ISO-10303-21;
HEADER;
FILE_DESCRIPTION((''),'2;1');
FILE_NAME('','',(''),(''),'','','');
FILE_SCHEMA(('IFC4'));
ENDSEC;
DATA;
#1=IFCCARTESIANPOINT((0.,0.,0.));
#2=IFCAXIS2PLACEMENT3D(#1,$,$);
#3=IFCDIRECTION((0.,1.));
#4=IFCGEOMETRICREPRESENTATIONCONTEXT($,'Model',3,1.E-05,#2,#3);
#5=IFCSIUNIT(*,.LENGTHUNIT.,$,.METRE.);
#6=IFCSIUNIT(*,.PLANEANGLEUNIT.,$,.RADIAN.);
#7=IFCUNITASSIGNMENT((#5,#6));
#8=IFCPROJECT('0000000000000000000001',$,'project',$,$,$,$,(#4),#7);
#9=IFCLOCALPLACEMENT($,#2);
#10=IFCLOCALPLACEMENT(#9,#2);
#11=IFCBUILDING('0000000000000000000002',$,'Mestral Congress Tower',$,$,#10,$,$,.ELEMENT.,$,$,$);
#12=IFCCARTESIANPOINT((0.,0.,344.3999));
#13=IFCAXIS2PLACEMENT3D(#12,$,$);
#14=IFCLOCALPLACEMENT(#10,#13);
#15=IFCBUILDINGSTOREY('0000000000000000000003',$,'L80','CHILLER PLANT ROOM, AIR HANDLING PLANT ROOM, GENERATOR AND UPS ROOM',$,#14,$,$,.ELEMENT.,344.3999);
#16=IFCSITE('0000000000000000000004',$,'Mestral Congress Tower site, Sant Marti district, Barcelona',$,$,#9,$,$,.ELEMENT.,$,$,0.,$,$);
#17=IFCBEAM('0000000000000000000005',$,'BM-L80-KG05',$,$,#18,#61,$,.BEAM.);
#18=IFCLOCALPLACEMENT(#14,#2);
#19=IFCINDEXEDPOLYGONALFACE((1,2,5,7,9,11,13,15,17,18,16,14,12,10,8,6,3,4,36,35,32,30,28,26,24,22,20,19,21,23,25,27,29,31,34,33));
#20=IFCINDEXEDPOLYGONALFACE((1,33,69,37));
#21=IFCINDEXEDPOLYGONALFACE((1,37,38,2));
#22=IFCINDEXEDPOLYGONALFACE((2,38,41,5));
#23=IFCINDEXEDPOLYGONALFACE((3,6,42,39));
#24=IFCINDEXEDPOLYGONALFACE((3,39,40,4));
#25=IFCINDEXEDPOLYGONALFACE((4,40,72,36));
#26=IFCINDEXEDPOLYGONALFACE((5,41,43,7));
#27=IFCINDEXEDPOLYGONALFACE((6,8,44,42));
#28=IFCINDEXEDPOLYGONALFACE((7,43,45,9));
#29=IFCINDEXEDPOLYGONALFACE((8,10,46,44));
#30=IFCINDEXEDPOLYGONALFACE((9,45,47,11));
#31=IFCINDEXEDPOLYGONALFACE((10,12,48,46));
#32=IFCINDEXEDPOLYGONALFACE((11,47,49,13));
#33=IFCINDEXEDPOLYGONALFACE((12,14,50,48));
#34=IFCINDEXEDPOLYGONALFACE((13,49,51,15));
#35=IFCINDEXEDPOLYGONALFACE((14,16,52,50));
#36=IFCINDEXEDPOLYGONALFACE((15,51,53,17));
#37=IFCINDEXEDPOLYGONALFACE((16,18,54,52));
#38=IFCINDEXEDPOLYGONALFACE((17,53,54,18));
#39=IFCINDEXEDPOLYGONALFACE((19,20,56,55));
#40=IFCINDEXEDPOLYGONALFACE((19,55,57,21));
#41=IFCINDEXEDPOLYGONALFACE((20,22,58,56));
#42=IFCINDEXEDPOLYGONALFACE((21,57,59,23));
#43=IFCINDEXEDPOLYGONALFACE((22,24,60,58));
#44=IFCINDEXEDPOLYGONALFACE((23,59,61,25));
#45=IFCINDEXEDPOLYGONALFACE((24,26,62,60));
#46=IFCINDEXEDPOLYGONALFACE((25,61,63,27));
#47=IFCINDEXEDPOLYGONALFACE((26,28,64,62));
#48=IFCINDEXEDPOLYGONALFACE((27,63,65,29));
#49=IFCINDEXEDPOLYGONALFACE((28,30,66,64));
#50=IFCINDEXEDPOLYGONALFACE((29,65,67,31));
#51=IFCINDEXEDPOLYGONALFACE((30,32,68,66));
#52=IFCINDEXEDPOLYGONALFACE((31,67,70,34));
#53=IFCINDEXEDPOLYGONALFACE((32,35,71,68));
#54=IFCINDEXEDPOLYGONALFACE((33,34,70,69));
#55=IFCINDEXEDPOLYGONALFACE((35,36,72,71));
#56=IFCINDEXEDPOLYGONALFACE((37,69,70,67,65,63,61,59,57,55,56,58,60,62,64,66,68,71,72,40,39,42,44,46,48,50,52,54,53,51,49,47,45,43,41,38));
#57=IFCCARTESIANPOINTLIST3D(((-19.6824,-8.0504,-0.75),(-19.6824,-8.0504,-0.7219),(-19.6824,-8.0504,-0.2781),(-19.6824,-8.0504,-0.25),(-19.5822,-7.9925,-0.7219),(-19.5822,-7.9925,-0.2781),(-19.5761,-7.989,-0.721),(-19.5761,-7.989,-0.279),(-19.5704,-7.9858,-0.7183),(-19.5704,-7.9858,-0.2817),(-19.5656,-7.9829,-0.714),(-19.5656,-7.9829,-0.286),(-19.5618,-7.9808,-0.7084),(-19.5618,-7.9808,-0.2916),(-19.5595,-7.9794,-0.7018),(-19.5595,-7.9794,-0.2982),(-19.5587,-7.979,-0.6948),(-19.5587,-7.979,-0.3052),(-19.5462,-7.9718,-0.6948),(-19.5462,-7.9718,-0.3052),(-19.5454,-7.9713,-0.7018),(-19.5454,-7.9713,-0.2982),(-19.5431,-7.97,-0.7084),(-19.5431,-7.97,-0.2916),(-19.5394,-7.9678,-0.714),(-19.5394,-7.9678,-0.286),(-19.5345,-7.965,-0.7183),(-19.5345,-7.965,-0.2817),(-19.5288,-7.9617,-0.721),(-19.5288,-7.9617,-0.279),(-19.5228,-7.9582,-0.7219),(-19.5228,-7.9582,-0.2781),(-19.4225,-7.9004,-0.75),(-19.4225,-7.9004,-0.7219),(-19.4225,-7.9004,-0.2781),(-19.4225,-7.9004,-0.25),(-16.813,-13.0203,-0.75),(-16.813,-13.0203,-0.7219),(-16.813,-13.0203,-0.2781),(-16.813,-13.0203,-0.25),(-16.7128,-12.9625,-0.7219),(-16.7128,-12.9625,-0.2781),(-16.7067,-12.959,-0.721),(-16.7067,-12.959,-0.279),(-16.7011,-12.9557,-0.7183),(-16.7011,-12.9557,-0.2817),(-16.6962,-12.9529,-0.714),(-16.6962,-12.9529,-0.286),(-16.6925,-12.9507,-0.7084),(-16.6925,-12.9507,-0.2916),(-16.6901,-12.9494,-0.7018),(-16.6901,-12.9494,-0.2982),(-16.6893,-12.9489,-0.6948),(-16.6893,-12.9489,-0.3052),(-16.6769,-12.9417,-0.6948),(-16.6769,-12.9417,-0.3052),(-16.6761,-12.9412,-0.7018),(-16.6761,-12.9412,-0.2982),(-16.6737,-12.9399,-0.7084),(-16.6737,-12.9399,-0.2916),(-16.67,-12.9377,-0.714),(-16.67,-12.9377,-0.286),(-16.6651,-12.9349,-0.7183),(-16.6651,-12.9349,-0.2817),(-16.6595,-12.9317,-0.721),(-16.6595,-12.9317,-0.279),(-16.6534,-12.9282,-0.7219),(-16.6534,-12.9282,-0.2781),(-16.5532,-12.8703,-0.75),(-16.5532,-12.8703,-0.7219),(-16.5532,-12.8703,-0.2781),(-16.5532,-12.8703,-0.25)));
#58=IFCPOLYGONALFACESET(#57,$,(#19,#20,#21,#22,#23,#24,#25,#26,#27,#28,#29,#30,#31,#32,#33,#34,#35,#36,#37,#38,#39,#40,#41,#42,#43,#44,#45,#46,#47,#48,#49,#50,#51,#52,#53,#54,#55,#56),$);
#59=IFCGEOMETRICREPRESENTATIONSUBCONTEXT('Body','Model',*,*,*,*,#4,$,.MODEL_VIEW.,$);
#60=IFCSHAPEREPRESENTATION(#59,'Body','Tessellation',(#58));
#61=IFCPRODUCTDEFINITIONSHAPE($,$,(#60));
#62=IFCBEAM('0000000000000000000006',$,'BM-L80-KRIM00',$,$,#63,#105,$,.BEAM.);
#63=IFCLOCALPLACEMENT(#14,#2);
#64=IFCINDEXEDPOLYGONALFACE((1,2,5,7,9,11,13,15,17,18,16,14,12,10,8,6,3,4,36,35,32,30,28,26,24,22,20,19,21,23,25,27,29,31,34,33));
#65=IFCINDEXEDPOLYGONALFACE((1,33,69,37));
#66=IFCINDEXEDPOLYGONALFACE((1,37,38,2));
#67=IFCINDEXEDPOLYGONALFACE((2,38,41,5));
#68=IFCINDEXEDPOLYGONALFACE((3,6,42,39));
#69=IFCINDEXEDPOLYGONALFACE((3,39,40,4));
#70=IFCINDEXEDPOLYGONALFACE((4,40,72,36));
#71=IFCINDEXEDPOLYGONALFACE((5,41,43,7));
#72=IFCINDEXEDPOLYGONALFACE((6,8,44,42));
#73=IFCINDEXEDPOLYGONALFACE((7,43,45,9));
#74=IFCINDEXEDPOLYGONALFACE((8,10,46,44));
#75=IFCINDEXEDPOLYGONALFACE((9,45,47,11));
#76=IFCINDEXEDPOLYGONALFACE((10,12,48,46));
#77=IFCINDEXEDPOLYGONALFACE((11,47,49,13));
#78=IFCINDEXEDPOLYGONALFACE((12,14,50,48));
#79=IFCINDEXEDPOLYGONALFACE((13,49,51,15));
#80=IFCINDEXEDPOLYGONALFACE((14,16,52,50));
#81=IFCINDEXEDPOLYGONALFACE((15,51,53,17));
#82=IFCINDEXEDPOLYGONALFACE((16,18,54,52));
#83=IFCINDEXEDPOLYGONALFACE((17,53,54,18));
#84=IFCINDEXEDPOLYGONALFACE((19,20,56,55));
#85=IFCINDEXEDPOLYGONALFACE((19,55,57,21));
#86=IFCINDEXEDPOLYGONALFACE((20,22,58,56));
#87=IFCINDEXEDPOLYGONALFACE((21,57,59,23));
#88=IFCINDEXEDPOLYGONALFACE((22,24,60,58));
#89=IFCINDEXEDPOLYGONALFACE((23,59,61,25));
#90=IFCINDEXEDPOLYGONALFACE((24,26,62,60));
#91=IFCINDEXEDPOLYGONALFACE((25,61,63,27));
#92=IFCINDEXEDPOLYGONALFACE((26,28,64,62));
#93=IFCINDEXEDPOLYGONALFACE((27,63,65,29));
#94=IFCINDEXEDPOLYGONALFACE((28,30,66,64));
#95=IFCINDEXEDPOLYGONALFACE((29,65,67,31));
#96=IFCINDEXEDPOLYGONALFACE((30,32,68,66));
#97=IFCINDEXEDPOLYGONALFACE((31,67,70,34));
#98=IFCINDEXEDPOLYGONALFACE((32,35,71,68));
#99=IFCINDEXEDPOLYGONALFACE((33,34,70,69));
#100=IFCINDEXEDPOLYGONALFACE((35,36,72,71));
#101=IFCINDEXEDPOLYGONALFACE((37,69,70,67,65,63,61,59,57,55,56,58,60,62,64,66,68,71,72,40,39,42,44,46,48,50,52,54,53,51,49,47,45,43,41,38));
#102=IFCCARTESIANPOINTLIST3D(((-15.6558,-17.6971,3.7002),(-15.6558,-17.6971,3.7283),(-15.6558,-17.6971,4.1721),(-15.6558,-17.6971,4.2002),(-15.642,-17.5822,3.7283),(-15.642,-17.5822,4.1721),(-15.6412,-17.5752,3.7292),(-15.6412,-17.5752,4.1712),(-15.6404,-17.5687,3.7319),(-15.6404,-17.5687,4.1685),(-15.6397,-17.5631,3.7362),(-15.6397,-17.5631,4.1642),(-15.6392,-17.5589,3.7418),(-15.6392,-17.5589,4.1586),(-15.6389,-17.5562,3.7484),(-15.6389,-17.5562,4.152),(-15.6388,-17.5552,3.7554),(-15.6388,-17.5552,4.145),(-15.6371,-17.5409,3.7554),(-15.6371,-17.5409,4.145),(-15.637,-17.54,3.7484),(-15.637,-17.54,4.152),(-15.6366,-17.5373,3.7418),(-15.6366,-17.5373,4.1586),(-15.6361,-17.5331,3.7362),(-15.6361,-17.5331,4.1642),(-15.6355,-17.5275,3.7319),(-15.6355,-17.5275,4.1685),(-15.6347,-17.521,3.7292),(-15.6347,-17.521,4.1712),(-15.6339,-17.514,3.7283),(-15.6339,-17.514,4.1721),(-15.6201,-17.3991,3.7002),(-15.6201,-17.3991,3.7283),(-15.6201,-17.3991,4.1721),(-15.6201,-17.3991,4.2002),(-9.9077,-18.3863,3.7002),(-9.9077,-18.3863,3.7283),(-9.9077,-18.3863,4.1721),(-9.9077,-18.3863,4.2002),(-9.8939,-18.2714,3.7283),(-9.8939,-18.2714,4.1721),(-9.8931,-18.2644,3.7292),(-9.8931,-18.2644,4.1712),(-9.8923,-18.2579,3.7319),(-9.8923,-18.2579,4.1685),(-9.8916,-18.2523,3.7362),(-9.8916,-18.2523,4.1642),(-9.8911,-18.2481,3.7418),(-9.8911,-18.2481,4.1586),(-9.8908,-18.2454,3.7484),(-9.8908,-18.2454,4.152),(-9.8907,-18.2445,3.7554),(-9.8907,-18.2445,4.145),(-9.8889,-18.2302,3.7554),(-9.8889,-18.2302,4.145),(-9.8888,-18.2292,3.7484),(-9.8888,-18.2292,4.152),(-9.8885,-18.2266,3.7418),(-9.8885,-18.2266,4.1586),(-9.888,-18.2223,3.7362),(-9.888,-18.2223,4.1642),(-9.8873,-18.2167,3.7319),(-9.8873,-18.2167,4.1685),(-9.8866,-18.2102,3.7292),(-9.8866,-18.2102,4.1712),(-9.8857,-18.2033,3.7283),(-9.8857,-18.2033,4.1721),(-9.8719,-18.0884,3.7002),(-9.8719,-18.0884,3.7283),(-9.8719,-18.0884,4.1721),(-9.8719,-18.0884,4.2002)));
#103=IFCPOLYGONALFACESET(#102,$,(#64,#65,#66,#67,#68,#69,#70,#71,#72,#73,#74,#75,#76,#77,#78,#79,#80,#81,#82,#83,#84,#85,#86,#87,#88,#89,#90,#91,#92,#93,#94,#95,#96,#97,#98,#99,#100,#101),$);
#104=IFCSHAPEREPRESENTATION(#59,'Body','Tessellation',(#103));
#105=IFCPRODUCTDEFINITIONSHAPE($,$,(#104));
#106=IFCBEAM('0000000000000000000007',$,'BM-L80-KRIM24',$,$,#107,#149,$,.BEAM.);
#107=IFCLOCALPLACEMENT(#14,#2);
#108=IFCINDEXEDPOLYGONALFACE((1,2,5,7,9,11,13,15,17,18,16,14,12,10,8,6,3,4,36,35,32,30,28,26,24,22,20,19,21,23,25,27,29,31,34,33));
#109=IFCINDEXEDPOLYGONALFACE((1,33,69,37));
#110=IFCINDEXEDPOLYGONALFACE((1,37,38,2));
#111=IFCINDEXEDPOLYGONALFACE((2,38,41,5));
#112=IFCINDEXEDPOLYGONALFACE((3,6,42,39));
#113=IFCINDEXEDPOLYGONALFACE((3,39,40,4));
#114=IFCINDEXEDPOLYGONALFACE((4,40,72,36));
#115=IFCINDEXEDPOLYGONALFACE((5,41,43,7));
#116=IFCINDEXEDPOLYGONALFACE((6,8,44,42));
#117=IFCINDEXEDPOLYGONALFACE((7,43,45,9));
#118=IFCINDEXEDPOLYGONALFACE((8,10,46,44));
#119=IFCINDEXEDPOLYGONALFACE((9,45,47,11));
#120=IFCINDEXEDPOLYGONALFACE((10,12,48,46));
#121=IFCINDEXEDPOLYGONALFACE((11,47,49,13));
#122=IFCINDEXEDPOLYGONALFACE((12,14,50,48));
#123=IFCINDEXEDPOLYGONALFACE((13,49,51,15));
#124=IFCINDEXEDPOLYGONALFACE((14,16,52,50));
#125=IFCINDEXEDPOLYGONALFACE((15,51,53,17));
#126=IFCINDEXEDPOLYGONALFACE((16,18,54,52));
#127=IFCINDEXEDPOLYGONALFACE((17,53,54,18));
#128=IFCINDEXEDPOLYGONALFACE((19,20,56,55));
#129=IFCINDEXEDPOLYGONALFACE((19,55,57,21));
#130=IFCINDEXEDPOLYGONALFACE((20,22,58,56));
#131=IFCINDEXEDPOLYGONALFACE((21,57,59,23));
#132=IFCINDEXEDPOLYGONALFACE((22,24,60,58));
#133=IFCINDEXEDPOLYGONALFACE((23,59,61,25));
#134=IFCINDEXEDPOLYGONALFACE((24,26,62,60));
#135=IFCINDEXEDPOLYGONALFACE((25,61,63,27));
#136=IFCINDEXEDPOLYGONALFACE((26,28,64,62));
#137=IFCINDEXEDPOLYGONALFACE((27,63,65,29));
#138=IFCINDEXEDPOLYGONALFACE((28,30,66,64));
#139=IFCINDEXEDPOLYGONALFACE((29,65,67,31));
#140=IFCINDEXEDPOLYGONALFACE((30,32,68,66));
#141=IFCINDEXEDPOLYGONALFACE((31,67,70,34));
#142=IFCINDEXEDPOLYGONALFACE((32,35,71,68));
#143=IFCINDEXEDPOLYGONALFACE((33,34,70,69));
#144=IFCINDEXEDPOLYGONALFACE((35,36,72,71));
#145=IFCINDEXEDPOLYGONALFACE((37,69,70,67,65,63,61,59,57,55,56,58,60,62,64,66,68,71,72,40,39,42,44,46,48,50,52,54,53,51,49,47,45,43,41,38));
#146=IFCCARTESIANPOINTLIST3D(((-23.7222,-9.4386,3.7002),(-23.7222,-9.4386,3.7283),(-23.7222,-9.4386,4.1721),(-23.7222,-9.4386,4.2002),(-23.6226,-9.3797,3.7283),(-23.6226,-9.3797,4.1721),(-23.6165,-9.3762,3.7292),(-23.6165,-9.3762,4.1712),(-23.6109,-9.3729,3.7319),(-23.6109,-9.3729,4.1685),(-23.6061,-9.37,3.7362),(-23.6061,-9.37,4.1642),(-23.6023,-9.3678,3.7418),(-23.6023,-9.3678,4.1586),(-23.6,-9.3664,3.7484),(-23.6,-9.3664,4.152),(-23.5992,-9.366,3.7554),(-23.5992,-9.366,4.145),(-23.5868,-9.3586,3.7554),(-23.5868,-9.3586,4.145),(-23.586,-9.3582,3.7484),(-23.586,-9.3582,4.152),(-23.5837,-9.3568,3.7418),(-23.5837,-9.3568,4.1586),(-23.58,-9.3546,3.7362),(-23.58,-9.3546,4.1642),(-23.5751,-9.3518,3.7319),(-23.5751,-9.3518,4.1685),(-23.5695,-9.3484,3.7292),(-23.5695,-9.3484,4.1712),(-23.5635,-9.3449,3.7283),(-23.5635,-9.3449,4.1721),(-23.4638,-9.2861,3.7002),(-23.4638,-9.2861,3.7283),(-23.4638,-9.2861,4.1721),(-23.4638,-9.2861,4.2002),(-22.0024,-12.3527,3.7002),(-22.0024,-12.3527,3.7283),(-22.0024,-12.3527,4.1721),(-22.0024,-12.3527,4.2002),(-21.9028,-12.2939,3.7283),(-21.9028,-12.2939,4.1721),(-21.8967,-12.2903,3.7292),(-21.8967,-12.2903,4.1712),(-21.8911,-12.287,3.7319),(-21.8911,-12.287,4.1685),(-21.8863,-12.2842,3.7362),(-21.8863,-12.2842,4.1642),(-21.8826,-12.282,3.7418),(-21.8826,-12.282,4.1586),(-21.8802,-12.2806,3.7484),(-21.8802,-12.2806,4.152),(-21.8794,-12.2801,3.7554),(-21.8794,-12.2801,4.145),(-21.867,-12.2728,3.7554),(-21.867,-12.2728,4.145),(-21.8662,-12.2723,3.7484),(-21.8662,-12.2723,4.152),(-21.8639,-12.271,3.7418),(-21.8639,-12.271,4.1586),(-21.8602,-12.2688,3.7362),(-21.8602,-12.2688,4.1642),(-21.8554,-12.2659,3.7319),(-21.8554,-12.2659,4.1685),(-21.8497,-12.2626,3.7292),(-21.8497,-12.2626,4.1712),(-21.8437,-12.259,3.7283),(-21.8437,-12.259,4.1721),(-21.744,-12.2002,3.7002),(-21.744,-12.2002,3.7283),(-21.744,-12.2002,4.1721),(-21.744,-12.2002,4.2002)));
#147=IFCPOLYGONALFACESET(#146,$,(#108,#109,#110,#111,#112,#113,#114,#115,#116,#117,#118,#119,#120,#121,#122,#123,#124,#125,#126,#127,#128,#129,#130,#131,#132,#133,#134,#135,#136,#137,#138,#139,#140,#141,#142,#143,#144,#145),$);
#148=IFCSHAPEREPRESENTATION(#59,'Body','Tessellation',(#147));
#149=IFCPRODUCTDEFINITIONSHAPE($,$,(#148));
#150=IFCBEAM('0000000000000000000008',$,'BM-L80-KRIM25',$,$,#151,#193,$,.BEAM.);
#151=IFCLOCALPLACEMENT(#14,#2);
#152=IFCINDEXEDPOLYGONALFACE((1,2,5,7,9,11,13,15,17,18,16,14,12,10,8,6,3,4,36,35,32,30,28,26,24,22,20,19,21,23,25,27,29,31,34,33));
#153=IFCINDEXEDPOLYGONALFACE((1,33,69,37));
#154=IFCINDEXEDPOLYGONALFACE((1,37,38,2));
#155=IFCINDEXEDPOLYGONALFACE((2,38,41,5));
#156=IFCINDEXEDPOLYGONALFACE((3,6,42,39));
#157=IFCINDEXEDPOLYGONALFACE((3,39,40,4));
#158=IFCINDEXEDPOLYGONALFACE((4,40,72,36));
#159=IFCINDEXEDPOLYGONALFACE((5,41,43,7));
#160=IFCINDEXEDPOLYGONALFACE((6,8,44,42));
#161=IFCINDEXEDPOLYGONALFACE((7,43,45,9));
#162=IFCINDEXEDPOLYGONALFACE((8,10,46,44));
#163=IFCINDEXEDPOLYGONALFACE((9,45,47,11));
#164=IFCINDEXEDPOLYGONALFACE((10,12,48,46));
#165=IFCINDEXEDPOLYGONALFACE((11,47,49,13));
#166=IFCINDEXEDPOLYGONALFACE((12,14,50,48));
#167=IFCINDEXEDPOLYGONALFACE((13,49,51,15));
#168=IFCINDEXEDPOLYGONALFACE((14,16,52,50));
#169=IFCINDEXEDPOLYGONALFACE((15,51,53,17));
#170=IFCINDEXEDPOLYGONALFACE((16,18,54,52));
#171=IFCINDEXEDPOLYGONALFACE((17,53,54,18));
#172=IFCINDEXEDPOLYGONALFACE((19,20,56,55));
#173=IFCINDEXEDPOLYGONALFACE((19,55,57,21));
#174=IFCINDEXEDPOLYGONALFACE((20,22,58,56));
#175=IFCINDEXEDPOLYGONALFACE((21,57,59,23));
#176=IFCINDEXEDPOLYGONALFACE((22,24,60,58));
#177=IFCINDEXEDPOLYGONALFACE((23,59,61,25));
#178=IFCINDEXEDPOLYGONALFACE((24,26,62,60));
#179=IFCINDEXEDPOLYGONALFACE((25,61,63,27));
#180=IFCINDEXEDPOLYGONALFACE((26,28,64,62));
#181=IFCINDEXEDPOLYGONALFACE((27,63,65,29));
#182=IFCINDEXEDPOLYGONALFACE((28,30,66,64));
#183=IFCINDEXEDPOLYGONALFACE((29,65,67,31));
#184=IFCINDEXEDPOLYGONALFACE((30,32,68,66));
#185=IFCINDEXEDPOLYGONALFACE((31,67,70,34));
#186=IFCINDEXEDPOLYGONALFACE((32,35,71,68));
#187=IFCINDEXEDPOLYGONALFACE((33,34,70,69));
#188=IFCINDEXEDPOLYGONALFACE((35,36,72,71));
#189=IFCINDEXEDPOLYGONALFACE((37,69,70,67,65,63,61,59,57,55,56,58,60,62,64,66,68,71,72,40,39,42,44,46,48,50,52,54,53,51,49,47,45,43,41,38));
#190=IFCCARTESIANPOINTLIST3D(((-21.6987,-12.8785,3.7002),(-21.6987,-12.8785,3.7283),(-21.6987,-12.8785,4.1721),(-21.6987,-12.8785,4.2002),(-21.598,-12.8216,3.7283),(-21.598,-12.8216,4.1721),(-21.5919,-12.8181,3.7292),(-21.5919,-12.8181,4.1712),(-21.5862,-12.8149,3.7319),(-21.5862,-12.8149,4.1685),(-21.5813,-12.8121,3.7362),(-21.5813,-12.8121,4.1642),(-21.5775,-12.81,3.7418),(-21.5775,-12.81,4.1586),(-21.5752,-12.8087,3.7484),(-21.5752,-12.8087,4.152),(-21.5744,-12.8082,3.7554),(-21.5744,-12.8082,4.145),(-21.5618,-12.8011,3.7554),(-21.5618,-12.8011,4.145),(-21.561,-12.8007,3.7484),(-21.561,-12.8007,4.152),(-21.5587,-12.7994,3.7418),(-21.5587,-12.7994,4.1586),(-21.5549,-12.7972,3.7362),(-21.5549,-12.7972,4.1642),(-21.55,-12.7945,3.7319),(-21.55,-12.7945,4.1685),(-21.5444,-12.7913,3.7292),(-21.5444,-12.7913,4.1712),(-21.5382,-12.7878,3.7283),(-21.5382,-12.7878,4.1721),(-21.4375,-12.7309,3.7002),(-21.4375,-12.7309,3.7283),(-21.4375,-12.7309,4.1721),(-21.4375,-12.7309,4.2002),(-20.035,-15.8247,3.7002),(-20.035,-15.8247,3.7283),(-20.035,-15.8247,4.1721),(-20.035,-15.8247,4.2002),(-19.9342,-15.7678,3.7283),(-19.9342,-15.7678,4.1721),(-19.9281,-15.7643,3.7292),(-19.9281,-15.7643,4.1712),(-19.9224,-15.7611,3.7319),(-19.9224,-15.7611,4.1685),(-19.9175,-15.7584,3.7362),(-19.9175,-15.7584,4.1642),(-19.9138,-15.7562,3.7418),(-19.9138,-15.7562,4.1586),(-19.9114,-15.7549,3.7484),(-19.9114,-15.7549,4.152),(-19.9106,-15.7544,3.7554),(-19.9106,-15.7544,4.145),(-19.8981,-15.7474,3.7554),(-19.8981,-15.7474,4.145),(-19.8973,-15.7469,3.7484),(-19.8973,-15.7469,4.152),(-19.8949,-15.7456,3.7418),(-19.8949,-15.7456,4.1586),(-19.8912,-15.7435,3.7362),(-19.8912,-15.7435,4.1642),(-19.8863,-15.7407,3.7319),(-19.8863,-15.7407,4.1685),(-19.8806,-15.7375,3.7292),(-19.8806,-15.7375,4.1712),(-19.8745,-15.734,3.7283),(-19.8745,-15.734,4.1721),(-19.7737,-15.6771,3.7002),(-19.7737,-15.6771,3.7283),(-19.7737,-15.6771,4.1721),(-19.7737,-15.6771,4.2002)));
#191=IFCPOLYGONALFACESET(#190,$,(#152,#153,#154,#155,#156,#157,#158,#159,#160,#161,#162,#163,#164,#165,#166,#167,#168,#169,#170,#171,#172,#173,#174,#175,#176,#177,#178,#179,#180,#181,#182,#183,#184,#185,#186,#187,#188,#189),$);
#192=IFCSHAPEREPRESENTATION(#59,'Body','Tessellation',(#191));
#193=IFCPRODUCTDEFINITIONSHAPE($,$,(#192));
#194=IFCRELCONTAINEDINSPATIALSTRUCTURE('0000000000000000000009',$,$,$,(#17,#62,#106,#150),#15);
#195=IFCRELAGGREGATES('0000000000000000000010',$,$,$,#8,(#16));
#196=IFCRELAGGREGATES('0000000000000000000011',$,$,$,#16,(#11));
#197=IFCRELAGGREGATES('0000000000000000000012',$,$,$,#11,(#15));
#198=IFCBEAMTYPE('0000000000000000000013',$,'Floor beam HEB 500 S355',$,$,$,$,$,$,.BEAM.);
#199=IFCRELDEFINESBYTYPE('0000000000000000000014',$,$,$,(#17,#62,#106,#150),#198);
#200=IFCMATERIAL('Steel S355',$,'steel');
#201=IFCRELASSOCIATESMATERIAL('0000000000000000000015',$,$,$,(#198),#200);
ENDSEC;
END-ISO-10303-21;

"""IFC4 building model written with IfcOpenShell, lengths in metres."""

from ifc_helpers import new_model, si_unit, direction, frame, origin, origin_2d, place, context, subcontext, project, spatial, i_section, extrude, material, material_profile, profile_set, type_object, element, save


model = new_model("IFC4")

# Units and contexts
model_context = context("Model", 3, precision=1e-05, world=origin(), true_north=direction((0.0, 1.0)))
body_context = subcontext(model_context, "Body", "Model", "MODEL_VIEW")
ifc_project = project(units=[si_unit("LENGTHUNIT", "METRE"), si_unit("PLANEANGLEUNIT", "RADIAN")], contexts=[model_context])

# Site, building, storey
site_placement = place(None, origin())
site = spatial("IfcSite", under=ifc_project, at=site_placement, Name="Mestral Congress Tower site, Sant Marti district, Barcelona", CompositionType="ELEMENT", RefElevation=0.0)
building_placement = place(site_placement, origin())
building = spatial("IfcBuilding", under=site, at=building_placement, Name="Mestral Congress Tower", CompositionType="ELEMENT")
storey_placement = place(building_placement, frame((0.0, 0.0, 344.3999)))
storey = spatial("IfcBuildingStorey", under=building, at=storey_placement, Name="L80", Description="CHILLER PLANT ROOM, AIR HANDLING PLANT ROOM, GENERATOR AND UPS ROOM", CompositionType="ELEMENT", Elevation=344.3999)

# Shared definitions
ifc_material_1 = material(Name="Steel S355", Category="steel")

# Beams
ifc_material_profile_1 = material_profile(ifc_material_1, i_section(OverallWidth=0.3, OverallDepth=0.5, WebThickness=0.0144, FlangeThickness=0.0281, FilletRadius=0.0271, at=origin_2d()), Name="HEB 500")
ifc_profile_set_1 = profile_set([ifc_material_profile_1], Name="Steel S355")
beam_type_1 = type_object("IfcBeamType", Name="Floor beam HEB 500 S355", PredefinedType="BEAM", material=ifc_profile_set_1)
beam_1_placement = place(storey_placement, frame((-16.6831, -12.9453, -0.5), z_axis=(-0.499996, 0.866028, 0.0), x_axis=(-0.866028, -0.499996, 0.0)))
element("IfcBeam", 1, at=beam_1_placement, inside=storey, type_object=beam_type_1, Name="BM-L80-KG05", PredefinedType="BEAM", context=body_context, shape_type="SweptSolid", body=[
    extrude(i_section(OverallWidth=0.3, OverallDepth=0.5, WebThickness=0.0144, FlangeThickness=0.0281, FilletRadius=0.0271, at=origin_2d()), origin(), (0.0, 0.0, 1.0), 5.7388),
])
beam_2_placement = place(storey_placement, frame((-15.6379, -17.5481, 3.9502), z_axis=(0.992888, -0.11905, 0.0), x_axis=(0.11905, 0.992888, 0.0)))
element("IfcBeam", 2, at=beam_2_placement, inside=storey, type_object=beam_type_1, Name="BM-L80-KRIM00", PredefinedType="BEAM", context=body_context, shape_type="SweptSolid", body=[
    extrude(i_section(OverallWidth=0.3, OverallDepth=0.5, WebThickness=0.0144, FlangeThickness=0.0281, FilletRadius=0.0271, at=origin_2d()), origin(), (0.0, 0.0, 1.0), 5.7893),
])
beam_3_placement = place(storey_placement, frame((-23.593, -9.3623, 3.9502), z_axis=(0.508243, -0.861214, 0.0), x_axis=(0.861214, 0.508243, 0.0)))
element("IfcBeam", 3, at=beam_3_placement, inside=storey, type_object=beam_type_1, Name="BM-L80-KRIM24", PredefinedType="BEAM", context=body_context, shape_type="SweptSolid", body=[
    extrude(i_section(OverallWidth=0.3, OverallDepth=0.5, WebThickness=0.0144, FlangeThickness=0.0281, FilletRadius=0.0271, at=origin_2d()), origin(), (0.0, 0.0, 1.0), 3.3838),
])
beam_4_placement = place(storey_placement, frame((-21.5681, -12.8047, 3.9502), z_axis=(0.491727, -0.87075, 0.0), x_axis=(0.87075, 0.491727, 0.0)))
element("IfcBeam", 4, at=beam_4_placement, inside=storey, type_object=beam_type_1, Name="BM-L80-KRIM25", PredefinedType="BEAM", context=body_context, shape_type="SweptSolid", body=[
    extrude(i_section(OverallWidth=0.3, OverallDepth=0.5, WebThickness=0.0144, FlangeThickness=0.0281, FilletRadius=0.0271, at=origin_2d()), origin(), (0.0, 0.0, 1.0), 3.3835),
])

save(model, "model.ifc")
